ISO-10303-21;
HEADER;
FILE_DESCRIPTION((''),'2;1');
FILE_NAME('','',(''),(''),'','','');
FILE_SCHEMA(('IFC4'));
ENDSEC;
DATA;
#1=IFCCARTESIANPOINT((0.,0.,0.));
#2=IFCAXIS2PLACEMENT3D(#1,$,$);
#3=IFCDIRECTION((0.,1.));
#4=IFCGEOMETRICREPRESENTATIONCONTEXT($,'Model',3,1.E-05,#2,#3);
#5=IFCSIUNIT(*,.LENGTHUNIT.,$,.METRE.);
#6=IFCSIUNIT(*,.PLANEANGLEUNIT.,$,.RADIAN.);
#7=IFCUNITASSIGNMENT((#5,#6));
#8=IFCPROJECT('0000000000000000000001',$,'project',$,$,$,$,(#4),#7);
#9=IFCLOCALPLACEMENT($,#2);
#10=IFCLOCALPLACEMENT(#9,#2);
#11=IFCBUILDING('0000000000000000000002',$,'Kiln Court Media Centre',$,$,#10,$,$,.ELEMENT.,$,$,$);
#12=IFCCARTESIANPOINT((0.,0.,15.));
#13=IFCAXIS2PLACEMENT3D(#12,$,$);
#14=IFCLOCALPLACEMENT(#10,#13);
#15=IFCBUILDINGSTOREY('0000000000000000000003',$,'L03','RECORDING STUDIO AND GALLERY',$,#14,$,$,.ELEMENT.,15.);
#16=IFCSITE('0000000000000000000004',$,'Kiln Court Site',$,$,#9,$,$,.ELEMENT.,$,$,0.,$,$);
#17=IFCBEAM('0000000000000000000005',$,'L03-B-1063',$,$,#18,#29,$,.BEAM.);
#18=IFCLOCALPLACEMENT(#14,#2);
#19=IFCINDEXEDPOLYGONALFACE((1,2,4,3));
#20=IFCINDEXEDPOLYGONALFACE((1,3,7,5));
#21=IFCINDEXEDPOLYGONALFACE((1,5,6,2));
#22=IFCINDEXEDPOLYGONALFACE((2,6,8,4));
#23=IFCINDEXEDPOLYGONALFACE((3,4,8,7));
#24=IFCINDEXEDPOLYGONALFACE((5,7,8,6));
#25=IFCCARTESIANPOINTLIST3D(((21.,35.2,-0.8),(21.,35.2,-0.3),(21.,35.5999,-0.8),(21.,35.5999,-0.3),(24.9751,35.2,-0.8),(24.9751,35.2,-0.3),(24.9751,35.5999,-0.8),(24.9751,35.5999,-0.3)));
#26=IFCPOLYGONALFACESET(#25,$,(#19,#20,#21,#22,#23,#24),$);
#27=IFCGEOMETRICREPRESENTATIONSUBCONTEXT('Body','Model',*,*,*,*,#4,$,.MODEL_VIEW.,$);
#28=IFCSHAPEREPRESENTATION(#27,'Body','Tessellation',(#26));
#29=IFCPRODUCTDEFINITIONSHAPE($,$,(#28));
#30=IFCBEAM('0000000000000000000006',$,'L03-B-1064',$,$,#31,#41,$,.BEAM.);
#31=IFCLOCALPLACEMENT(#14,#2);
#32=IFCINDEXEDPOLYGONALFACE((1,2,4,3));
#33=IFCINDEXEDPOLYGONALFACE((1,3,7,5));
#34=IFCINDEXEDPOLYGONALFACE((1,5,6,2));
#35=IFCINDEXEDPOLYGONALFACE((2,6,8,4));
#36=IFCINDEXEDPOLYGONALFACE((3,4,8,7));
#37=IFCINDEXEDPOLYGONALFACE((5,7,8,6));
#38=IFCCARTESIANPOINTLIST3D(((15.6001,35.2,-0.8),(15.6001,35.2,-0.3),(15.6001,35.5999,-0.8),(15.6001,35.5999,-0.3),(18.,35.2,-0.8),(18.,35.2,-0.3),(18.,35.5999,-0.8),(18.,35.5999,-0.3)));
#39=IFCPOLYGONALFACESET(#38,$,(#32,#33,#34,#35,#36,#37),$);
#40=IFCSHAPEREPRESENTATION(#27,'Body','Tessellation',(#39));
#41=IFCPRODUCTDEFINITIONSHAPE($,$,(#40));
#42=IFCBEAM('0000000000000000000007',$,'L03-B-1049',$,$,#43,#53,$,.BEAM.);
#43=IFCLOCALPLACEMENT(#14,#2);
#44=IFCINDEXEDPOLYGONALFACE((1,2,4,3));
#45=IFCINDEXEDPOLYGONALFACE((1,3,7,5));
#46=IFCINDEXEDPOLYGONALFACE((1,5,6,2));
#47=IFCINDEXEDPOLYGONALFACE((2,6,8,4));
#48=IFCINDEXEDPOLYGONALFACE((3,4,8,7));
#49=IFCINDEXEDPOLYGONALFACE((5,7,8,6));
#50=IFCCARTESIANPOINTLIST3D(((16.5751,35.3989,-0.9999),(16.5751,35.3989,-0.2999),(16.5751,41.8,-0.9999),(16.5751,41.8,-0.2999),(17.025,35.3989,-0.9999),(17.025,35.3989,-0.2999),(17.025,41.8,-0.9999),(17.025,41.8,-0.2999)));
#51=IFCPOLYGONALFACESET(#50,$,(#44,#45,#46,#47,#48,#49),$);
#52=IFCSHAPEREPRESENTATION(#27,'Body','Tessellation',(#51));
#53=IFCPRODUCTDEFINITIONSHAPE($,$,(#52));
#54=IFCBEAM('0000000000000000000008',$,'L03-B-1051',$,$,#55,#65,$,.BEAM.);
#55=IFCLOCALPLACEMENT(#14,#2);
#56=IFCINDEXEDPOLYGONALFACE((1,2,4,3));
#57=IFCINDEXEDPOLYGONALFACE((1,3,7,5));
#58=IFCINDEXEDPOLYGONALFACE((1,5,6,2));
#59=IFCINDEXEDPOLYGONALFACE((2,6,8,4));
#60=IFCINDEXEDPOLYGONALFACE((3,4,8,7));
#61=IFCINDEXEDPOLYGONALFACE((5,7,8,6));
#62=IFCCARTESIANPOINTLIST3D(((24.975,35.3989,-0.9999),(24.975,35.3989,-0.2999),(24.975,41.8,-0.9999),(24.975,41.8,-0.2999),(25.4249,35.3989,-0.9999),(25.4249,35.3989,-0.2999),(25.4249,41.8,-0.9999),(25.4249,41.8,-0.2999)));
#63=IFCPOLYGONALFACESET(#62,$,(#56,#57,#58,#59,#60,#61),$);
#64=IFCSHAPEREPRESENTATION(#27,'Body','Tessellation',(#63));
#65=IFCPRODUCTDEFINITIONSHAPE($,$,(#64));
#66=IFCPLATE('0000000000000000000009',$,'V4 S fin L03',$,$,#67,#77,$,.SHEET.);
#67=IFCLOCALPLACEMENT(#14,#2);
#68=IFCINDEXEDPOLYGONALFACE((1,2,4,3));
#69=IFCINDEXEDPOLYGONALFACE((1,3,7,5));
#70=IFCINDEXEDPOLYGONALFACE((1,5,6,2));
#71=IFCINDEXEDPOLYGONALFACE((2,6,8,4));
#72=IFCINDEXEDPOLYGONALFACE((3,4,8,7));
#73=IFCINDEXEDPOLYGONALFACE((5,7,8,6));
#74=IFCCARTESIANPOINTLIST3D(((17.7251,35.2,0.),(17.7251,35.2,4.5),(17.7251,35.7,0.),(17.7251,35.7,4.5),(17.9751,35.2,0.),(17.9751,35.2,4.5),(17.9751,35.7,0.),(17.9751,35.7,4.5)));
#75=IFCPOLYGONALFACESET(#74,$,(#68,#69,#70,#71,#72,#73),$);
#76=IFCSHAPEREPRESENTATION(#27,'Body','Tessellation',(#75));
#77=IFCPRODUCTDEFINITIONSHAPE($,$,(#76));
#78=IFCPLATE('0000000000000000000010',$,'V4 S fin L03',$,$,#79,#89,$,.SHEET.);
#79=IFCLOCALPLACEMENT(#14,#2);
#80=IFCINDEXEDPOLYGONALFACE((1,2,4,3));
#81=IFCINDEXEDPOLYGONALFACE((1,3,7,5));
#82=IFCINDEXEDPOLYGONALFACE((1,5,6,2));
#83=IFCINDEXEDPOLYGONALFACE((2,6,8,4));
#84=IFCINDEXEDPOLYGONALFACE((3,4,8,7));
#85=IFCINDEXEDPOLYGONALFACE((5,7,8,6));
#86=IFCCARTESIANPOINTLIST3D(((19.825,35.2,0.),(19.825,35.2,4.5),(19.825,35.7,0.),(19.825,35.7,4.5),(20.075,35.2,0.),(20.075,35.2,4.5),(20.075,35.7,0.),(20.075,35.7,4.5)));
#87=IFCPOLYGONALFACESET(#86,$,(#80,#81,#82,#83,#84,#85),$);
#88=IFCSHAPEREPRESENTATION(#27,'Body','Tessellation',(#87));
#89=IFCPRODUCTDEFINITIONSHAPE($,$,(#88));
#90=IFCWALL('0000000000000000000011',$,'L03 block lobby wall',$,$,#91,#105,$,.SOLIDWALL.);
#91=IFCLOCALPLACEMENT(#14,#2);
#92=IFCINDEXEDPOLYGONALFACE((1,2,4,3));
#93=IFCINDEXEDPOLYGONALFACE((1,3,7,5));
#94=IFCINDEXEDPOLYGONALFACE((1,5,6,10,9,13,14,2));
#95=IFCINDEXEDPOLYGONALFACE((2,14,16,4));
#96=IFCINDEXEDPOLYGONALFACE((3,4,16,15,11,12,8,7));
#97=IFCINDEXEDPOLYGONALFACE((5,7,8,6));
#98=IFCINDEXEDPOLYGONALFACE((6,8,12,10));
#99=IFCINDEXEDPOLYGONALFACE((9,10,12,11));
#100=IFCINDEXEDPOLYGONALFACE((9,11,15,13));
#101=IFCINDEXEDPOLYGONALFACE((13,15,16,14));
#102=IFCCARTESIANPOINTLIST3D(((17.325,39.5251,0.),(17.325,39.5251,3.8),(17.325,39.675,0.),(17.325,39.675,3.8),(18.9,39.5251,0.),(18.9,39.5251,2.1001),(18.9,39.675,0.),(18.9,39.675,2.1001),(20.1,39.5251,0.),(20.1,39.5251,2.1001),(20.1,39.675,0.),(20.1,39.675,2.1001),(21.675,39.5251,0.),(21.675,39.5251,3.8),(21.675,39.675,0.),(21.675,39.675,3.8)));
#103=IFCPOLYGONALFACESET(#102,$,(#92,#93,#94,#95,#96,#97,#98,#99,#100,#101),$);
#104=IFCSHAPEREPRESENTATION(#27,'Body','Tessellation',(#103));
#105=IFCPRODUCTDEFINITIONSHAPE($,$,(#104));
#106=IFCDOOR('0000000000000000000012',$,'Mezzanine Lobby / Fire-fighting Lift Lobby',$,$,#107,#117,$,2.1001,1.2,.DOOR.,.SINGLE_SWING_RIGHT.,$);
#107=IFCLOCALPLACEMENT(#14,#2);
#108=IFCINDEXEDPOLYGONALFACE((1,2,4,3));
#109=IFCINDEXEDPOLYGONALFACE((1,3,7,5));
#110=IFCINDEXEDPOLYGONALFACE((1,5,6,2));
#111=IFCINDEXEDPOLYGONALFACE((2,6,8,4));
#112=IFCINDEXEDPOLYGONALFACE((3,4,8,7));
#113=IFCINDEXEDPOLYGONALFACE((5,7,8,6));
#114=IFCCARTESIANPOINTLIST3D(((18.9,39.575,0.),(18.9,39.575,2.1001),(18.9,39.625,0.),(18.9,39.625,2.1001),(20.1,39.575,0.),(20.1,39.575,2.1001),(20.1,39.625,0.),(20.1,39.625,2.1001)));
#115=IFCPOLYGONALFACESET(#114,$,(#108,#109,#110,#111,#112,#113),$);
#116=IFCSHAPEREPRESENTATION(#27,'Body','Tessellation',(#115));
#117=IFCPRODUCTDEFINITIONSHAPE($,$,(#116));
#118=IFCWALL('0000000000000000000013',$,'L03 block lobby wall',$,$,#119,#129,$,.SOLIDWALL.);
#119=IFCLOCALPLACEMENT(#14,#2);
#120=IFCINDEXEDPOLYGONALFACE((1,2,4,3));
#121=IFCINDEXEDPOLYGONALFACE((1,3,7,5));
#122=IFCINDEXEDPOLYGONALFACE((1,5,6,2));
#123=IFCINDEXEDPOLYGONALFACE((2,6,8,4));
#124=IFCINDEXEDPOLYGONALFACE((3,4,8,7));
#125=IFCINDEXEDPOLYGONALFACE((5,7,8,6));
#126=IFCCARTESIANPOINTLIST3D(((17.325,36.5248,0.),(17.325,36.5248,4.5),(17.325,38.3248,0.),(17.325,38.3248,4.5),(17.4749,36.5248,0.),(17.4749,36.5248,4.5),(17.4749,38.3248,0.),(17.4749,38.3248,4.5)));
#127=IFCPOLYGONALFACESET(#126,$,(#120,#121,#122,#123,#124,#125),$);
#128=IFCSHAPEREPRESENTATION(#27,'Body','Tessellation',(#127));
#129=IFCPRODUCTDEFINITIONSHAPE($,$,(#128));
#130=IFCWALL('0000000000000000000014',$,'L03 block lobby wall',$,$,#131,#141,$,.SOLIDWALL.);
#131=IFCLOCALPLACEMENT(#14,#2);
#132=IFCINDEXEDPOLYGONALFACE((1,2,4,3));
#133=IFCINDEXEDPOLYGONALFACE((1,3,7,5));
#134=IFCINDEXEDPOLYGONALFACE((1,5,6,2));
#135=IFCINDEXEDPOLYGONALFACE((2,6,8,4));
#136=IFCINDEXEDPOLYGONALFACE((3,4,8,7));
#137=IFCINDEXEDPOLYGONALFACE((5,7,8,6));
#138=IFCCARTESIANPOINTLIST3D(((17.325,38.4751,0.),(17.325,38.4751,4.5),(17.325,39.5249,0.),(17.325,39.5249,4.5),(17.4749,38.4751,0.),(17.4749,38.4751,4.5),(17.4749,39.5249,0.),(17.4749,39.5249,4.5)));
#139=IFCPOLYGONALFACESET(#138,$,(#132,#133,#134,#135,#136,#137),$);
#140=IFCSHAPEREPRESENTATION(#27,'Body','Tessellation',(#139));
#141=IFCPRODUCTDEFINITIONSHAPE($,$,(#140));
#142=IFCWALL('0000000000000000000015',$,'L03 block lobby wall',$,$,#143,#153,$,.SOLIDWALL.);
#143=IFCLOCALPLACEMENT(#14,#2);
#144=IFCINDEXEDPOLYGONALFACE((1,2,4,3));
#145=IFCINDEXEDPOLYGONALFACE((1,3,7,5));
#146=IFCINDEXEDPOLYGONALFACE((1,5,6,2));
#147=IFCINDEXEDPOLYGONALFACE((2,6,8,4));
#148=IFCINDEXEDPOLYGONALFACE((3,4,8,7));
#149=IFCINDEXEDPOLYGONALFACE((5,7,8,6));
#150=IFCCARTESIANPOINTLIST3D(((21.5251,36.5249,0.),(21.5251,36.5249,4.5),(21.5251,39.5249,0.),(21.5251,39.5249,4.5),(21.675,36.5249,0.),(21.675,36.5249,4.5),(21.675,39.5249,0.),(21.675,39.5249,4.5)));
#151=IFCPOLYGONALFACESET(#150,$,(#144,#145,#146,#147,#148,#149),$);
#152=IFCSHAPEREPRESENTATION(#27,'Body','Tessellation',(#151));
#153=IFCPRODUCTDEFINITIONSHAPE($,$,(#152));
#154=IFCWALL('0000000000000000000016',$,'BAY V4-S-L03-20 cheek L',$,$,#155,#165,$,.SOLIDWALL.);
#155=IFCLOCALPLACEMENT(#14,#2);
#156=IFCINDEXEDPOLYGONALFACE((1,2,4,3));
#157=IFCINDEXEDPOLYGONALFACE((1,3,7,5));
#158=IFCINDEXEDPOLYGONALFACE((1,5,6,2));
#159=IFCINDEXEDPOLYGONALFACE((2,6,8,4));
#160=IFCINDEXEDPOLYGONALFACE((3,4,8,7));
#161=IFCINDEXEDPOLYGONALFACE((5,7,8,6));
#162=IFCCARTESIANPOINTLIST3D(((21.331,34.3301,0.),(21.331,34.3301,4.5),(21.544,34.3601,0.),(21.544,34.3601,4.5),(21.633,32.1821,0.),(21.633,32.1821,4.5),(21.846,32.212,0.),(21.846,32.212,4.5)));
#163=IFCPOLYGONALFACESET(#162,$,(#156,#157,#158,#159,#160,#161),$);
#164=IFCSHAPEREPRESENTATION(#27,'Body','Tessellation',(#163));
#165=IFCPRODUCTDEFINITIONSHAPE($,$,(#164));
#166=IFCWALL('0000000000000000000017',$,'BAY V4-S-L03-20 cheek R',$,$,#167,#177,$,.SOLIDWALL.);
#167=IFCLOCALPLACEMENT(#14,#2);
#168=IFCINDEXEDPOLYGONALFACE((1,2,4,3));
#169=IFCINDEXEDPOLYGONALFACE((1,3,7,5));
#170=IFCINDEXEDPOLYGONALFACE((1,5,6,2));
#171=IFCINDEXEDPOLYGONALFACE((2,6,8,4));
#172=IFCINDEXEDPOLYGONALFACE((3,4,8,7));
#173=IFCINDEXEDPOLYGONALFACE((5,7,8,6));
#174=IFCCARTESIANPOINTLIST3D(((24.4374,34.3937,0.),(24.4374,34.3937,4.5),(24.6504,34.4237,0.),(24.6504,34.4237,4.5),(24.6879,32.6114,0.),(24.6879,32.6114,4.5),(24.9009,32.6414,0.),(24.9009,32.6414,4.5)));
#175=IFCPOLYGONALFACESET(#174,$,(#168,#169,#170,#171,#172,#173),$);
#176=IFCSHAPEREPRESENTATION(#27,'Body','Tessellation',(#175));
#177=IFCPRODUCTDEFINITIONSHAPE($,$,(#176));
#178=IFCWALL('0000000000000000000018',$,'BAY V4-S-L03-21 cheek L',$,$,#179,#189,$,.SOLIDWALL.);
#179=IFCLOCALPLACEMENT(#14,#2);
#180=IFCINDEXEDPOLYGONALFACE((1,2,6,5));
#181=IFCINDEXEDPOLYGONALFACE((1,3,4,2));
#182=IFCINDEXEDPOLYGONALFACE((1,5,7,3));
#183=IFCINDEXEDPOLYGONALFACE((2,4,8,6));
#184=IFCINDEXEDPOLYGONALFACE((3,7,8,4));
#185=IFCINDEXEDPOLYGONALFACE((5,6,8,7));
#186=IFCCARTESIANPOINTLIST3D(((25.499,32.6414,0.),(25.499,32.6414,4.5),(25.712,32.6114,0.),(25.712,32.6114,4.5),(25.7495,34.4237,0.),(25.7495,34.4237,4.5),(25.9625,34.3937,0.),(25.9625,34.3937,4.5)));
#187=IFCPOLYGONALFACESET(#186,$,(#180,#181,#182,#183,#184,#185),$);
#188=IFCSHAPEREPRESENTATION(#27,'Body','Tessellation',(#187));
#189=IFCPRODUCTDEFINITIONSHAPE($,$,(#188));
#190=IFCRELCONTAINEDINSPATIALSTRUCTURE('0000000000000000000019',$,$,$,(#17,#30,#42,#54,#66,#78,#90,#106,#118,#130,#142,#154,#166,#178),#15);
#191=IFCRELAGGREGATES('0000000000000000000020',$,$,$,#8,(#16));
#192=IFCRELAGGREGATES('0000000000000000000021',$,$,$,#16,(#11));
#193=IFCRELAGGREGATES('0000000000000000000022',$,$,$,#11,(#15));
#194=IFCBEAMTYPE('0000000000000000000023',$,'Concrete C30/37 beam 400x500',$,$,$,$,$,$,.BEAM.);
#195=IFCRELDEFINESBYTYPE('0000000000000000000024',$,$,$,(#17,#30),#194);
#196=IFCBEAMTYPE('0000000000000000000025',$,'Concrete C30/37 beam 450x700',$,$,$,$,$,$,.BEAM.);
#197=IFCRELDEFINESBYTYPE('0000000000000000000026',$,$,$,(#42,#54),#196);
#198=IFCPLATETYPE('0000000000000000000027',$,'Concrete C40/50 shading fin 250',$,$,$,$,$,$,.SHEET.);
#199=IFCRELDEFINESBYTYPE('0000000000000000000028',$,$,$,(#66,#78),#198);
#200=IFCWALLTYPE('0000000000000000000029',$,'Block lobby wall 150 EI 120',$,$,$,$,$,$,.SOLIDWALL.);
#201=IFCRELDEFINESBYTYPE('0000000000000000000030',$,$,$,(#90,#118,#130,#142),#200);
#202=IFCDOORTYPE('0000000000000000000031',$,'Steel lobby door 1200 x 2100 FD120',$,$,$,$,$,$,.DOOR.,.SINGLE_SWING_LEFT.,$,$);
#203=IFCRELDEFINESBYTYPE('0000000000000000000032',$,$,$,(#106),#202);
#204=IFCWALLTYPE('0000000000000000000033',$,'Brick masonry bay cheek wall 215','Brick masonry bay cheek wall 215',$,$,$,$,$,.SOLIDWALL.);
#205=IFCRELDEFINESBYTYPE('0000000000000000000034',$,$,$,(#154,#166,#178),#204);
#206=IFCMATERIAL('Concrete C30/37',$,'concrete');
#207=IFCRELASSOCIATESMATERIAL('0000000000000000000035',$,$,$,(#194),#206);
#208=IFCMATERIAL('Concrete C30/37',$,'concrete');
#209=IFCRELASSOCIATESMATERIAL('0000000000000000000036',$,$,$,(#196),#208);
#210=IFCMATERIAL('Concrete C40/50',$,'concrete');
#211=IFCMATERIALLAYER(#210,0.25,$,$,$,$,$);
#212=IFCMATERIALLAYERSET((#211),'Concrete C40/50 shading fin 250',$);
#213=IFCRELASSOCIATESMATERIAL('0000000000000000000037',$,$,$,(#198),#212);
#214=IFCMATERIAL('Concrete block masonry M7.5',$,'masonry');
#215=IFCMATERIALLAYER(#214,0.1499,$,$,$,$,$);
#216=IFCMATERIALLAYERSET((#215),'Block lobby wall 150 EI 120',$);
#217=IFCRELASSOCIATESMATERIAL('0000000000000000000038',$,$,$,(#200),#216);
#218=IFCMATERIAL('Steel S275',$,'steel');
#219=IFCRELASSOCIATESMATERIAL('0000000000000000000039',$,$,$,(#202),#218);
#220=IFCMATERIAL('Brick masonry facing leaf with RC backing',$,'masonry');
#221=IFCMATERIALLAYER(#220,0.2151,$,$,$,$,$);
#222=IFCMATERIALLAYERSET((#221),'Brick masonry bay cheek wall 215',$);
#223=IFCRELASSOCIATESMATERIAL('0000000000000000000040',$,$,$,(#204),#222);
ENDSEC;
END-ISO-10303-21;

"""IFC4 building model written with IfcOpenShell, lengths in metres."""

from ifc_helpers import new_model, si_unit, direction, frame, frame_2d, origin, origin_2d, place, context, subcontext, project, spatial, rectangle, extrude, material, layer, layer_set, material_profile, profile_set, type_object, element, fill, save


model = new_model("IFC4")

# Units and contexts
model_context = context("Model", 3, precision=1e-05, world=origin(), true_north=direction((0.0, 1.0)))
body_context = subcontext(model_context, "Body", "Model", "MODEL_VIEW")
ifc_project = project(units=[si_unit("LENGTHUNIT", "METRE"), si_unit("PLANEANGLEUNIT", "RADIAN")], contexts=[model_context])

# Site, building, storey
site_placement = place(None, origin())
site = spatial("IfcSite", under=ifc_project, at=site_placement, Name="Kiln Court Site", CompositionType="ELEMENT", RefElevation=0.0)
building_placement = place(site_placement, origin())
building = spatial("IfcBuilding", under=site, at=building_placement, Name="Kiln Court Media Centre", CompositionType="ELEMENT")
storey_placement = place(building_placement, frame((0.0, 0.0, 15.0)))
storey = spatial("IfcBuildingStorey", under=building, at=storey_placement, Name="L03", Description="RECORDING STUDIO AND GALLERY", CompositionType="ELEMENT", Elevation=15.0)

# Beams
ifc_material_1 = material(Name="Concrete C30/37", Category="concrete")
ifc_material_profile_1 = material_profile(ifc_material_1, rectangle(XDim=0.3999, YDim=0.5, at=origin_2d()), Name="RC 400x500")
ifc_profile_set_1 = profile_set([ifc_material_profile_1], Name="Concrete C30/37")
beam_type_1 = type_object("IfcBeamType", Name="Concrete C30/37 beam 400x500", PredefinedType="BEAM", material=ifc_profile_set_1)
beam_1_placement = place(storey_placement, frame((24.9751, 35.3999, -0.55), z_axis=(-1.0, 0.0, 0.0), x_axis=(0.0, -1.0, 0.0)))
element("IfcBeam", 1, at=beam_1_placement, inside=storey, type_object=beam_type_1, Name="L03-B-1063", PredefinedType="BEAM", context=body_context, shape_type="SweptSolid", body=[
    extrude(rectangle(XDim=0.3999, YDim=0.5, at=origin_2d()), origin(), (0.0, 0.0, 1.0), 3.9751),
])
beam_2_placement = place(storey_placement, frame((18.0, 35.3999, -0.55), z_axis=(-1.0, 0.0, 0.0), x_axis=(0.0, -1.0, 0.0)))
element("IfcBeam", 2, at=beam_2_placement, inside=storey, type_object=beam_type_1, Name="L03-B-1064", PredefinedType="BEAM", context=body_context, shape_type="SweptSolid", body=[
    extrude(rectangle(XDim=0.3999, YDim=0.5, at=origin_2d()), origin(), (0.0, 0.0, 1.0), 2.3999),
])
ifc_material_2 = material(Name="Concrete C30/37", Category="concrete")
ifc_material_profile_2 = material_profile(ifc_material_2, rectangle(XDim=0.45, YDim=0.7, at=origin_2d()), Name="RC 450x700")
ifc_profile_set_2 = profile_set([ifc_material_profile_2], Name="Concrete C30/37")
beam_type_2 = type_object("IfcBeamType", Name="Concrete C30/37 beam 450x700", PredefinedType="BEAM", material=ifc_profile_set_2)
for number, where, z_axis, x_axis, name in (
    (3, (16.8, 35.3989, -0.6499), (0.0, 1.0, 0.0), (-1.0, 0.0, 0.0), "L03-B-1049"),
    (4, (25.2, 35.3989, -0.6499), (0.0, 1.0, 0.0), (-1.0, 0.0, 0.0), "L03-B-1051"),
):
    element("IfcBeam", number, at=place(storey_placement, frame(where, z_axis=z_axis, x_axis=x_axis)), inside=storey, type_object=beam_type_2, Name=name, PredefinedType="BEAM", context=body_context, shape_type="SweptSolid", body=[
        extrude(rectangle(XDim=0.45, YDim=0.7, at=origin_2d()), origin(), (0.0, 0.0, 1.0), 6.4011),
    ])

# Plates
ifc_material_3 = material(Name="Concrete C40/50", Category="concrete")
ifc_layer_1 = layer(ifc_material_3, 0.25)
ifc_layer_set_1 = layer_set([ifc_layer_1], Name="Concrete C40/50 shading fin 250")
plate_type = type_object("IfcPlateType", Name="Concrete C40/50 shading fin 250", PredefinedType="SHEET", material=ifc_layer_set_1)
for number, where, z_axis, x_axis, name in (
    (5, (17.8501, 35.45, 0.0), (0.0, 0.0, 1.0), (1.0, 0.0, 0.0), "V4 S fin L03"),
    (6, (19.95, 35.45, 0.0), (0.0, 0.0, 1.0), (1.0, 0.0, 0.0), "V4 S fin L03"),
):
    element("IfcPlate", number, at=place(storey_placement, frame(where, z_axis=z_axis, x_axis=x_axis)), inside=storey, type_object=plate_type, Name=name, PredefinedType="SHEET", context=body_context, shape_type="SweptSolid", body=[
        extrude(rectangle(XDim=0.25, YDim=0.5, at=origin_2d()), origin(), (0.0, 0.0, 1.0), 4.5),
    ])

# Wall, opening, door
ifc_material_4 = material(Name="Concrete block masonry M7.5", Category="masonry")
ifc_layer_2 = layer(ifc_material_4, 0.1499)
ifc_layer_set_2 = layer_set([ifc_layer_2], Name="Block lobby wall 150 EI 120")
wall_type_1 = type_object("IfcWallType", Name="Block lobby wall 150 EI 120", PredefinedType="SOLIDWALL", material=ifc_layer_set_2)
wall_1_placement = place(storey_placement, frame((17.325, 39.6001, 0.0), z_axis=(0.0, 0.0, 1.0), x_axis=(1.0, 0.0, 0.0)))
wall_1 = element("IfcWall", 7, at=wall_1_placement, inside=storey, type_object=wall_type_1, Name="L03 block lobby wall", PredefinedType="SOLIDWALL", context=body_context, shape_type="SweptSolid", body=[
    extrude(rectangle(XDim=4.3501, YDim=0.1499, at=frame_2d((2.175, 0.0))), origin(), (0.0, 0.0, 1.0), 3.8),
])
opening_1_placement = place(wall_1_placement, frame((1.575, 0.0, 0.0)))
opening_1 = element("IfcOpeningElement", 8, at=opening_1_placement, cuts=wall_1, PredefinedType="OPENING", context=body_context, shape_type="SweptSolid", body=[
    extrude(rectangle(XDim=1.2, YDim=2.1001, at=frame_2d((0.6001, 1.05))), frame((0.0, 0.085, 0.0), z_axis=(0.0, -1.0, 0.0), x_axis=(1.0, 0.0, 0.0)), (0.0, 0.0, 1.0), 0.1699),
])
ifc_material_5 = material(Name="Steel S275", Category="steel")
door_type_1 = type_object("IfcDoorType", Name="Steel lobby door 1200 x 2100 FD120", OperationType="SINGLE_SWING_LEFT", PredefinedType="DOOR", material=ifc_material_5)
door_1_placement = place(opening_1_placement, origin())
door_1 = element("IfcDoor", 9, at=door_1_placement, inside=storey, type_object=door_type_1, Name="Mezzanine Lobby / Fire-fighting Lift Lobby", OperationType="SINGLE_SWING_RIGHT", OverallHeight=2.1001, OverallWidth=1.2, PredefinedType="DOOR", context=body_context, shape_type="SweptSolid", body=[
    extrude(rectangle(XDim=1.2, YDim=2.1001, at=frame_2d((0.6001, 1.05))), frame((0.0, 0.0249, 0.0), z_axis=(0.0, -1.0, 0.0), x_axis=(1.0, 0.0, 0.0)), (0.0, 0.0, 1.0), 0.05),
])
fill(opening_1, door_1)

# Walls
wall_2_placement = place(storey_placement, frame((17.3999, 36.5249, 0.0), z_axis=(0.0, 0.0, 1.0), x_axis=(0.0, 1.0, 0.0)))
element("IfcWall", 10, at=wall_2_placement, inside=storey, type_object=wall_type_1, Name="L03 block lobby wall", PredefinedType="SOLIDWALL", context=body_context, shape_type="SweptSolid", body=[
    extrude(rectangle(XDim=1.8, YDim=0.1499, at=frame_2d((0.8999, 0.0))), origin(), (0.0, 0.0, 1.0), 4.5),
])
wall_3_placement = place(storey_placement, frame((17.3999, 38.4751, 0.0), z_axis=(0.0, 0.0, 1.0), x_axis=(0.0, 1.0, 0.0)))
element("IfcWall", 11, at=wall_3_placement, inside=storey, type_object=wall_type_1, Name="L03 block lobby wall", PredefinedType="SOLIDWALL", context=body_context, shape_type="SweptSolid", body=[
    extrude(rectangle(XDim=1.0498, YDim=0.1499, at=frame_2d((0.5249, 0.0))), origin(), (0.0, 0.0, 1.0), 4.5),
])
wall_4_placement = place(storey_placement, frame((21.6001, 36.5249, 0.0), z_axis=(0.0, 0.0, 1.0), x_axis=(0.0, 1.0, 0.0)))
element("IfcWall", 12, at=wall_4_placement, inside=storey, type_object=wall_type_1, Name="L03 block lobby wall", PredefinedType="SOLIDWALL", context=body_context, shape_type="SweptSolid", body=[
    extrude(rectangle(XDim=3.0, YDim=0.1499, at=frame_2d((1.5, 0.0))), origin(), (0.0, 0.0, 1.0), 4.5),
])
ifc_material_6 = material(Name="Brick masonry facing leaf with RC backing", Category="masonry")
ifc_layer_3 = layer(ifc_material_6, 0.2151)
ifc_layer_set_3 = layer_set([ifc_layer_3], Name="Brick masonry bay cheek wall 215")
wall_type_2 = type_object("IfcWallType", Name="Brick masonry bay cheek wall 215", Description="Brick masonry bay cheek wall 215", PredefinedType="SOLIDWALL", material=ifc_layer_set_3)
wall_5_placement = place(storey_placement, frame((21.4375, 34.345, 0.0), z_axis=(0.0, 0.0, 1.0), x_axis=(0.139231, -0.99026, 0.0)))
element("IfcWall", 13, at=wall_5_placement, inside=storey, type_object=wall_type_2, Name="BAY V4-S-L03-20 cheek L", PredefinedType="SOLIDWALL", context=body_context, shape_type="SweptSolid", body=[
    extrude(rectangle(XDim=2.1692, YDim=0.2151, at=frame_2d((1.0845, 0.0))), origin(), (0.0, 0.0, 1.0), 4.5),
])
for number, where, z_axis, x_axis, name in (
    (14, (24.5439, 34.4087, 0.0), (0.0, 0.0, 1.0), (0.13918, -0.990267, 0.0), "BAY V4-S-L03-20 cheek R"),
    (15, (25.856, 34.4087, 0.0), (0.0, 0.0, 1.0), (-0.13918, -0.990267, 0.0), "BAY V4-S-L03-21 cheek L"),
):
    element("IfcWall", number, at=place(storey_placement, frame(where, z_axis=z_axis, x_axis=x_axis)), inside=storey, type_object=wall_type_2, Name=name, PredefinedType="SOLIDWALL", context=body_context, shape_type="SweptSolid", body=[
        extrude(rectangle(XDim=1.7998, YDim=0.2151, at=frame_2d((0.8999, 0.0))), origin(), (0.0, 0.0, 1.0), 4.5),
    ])

save(model, "model.ifc")
